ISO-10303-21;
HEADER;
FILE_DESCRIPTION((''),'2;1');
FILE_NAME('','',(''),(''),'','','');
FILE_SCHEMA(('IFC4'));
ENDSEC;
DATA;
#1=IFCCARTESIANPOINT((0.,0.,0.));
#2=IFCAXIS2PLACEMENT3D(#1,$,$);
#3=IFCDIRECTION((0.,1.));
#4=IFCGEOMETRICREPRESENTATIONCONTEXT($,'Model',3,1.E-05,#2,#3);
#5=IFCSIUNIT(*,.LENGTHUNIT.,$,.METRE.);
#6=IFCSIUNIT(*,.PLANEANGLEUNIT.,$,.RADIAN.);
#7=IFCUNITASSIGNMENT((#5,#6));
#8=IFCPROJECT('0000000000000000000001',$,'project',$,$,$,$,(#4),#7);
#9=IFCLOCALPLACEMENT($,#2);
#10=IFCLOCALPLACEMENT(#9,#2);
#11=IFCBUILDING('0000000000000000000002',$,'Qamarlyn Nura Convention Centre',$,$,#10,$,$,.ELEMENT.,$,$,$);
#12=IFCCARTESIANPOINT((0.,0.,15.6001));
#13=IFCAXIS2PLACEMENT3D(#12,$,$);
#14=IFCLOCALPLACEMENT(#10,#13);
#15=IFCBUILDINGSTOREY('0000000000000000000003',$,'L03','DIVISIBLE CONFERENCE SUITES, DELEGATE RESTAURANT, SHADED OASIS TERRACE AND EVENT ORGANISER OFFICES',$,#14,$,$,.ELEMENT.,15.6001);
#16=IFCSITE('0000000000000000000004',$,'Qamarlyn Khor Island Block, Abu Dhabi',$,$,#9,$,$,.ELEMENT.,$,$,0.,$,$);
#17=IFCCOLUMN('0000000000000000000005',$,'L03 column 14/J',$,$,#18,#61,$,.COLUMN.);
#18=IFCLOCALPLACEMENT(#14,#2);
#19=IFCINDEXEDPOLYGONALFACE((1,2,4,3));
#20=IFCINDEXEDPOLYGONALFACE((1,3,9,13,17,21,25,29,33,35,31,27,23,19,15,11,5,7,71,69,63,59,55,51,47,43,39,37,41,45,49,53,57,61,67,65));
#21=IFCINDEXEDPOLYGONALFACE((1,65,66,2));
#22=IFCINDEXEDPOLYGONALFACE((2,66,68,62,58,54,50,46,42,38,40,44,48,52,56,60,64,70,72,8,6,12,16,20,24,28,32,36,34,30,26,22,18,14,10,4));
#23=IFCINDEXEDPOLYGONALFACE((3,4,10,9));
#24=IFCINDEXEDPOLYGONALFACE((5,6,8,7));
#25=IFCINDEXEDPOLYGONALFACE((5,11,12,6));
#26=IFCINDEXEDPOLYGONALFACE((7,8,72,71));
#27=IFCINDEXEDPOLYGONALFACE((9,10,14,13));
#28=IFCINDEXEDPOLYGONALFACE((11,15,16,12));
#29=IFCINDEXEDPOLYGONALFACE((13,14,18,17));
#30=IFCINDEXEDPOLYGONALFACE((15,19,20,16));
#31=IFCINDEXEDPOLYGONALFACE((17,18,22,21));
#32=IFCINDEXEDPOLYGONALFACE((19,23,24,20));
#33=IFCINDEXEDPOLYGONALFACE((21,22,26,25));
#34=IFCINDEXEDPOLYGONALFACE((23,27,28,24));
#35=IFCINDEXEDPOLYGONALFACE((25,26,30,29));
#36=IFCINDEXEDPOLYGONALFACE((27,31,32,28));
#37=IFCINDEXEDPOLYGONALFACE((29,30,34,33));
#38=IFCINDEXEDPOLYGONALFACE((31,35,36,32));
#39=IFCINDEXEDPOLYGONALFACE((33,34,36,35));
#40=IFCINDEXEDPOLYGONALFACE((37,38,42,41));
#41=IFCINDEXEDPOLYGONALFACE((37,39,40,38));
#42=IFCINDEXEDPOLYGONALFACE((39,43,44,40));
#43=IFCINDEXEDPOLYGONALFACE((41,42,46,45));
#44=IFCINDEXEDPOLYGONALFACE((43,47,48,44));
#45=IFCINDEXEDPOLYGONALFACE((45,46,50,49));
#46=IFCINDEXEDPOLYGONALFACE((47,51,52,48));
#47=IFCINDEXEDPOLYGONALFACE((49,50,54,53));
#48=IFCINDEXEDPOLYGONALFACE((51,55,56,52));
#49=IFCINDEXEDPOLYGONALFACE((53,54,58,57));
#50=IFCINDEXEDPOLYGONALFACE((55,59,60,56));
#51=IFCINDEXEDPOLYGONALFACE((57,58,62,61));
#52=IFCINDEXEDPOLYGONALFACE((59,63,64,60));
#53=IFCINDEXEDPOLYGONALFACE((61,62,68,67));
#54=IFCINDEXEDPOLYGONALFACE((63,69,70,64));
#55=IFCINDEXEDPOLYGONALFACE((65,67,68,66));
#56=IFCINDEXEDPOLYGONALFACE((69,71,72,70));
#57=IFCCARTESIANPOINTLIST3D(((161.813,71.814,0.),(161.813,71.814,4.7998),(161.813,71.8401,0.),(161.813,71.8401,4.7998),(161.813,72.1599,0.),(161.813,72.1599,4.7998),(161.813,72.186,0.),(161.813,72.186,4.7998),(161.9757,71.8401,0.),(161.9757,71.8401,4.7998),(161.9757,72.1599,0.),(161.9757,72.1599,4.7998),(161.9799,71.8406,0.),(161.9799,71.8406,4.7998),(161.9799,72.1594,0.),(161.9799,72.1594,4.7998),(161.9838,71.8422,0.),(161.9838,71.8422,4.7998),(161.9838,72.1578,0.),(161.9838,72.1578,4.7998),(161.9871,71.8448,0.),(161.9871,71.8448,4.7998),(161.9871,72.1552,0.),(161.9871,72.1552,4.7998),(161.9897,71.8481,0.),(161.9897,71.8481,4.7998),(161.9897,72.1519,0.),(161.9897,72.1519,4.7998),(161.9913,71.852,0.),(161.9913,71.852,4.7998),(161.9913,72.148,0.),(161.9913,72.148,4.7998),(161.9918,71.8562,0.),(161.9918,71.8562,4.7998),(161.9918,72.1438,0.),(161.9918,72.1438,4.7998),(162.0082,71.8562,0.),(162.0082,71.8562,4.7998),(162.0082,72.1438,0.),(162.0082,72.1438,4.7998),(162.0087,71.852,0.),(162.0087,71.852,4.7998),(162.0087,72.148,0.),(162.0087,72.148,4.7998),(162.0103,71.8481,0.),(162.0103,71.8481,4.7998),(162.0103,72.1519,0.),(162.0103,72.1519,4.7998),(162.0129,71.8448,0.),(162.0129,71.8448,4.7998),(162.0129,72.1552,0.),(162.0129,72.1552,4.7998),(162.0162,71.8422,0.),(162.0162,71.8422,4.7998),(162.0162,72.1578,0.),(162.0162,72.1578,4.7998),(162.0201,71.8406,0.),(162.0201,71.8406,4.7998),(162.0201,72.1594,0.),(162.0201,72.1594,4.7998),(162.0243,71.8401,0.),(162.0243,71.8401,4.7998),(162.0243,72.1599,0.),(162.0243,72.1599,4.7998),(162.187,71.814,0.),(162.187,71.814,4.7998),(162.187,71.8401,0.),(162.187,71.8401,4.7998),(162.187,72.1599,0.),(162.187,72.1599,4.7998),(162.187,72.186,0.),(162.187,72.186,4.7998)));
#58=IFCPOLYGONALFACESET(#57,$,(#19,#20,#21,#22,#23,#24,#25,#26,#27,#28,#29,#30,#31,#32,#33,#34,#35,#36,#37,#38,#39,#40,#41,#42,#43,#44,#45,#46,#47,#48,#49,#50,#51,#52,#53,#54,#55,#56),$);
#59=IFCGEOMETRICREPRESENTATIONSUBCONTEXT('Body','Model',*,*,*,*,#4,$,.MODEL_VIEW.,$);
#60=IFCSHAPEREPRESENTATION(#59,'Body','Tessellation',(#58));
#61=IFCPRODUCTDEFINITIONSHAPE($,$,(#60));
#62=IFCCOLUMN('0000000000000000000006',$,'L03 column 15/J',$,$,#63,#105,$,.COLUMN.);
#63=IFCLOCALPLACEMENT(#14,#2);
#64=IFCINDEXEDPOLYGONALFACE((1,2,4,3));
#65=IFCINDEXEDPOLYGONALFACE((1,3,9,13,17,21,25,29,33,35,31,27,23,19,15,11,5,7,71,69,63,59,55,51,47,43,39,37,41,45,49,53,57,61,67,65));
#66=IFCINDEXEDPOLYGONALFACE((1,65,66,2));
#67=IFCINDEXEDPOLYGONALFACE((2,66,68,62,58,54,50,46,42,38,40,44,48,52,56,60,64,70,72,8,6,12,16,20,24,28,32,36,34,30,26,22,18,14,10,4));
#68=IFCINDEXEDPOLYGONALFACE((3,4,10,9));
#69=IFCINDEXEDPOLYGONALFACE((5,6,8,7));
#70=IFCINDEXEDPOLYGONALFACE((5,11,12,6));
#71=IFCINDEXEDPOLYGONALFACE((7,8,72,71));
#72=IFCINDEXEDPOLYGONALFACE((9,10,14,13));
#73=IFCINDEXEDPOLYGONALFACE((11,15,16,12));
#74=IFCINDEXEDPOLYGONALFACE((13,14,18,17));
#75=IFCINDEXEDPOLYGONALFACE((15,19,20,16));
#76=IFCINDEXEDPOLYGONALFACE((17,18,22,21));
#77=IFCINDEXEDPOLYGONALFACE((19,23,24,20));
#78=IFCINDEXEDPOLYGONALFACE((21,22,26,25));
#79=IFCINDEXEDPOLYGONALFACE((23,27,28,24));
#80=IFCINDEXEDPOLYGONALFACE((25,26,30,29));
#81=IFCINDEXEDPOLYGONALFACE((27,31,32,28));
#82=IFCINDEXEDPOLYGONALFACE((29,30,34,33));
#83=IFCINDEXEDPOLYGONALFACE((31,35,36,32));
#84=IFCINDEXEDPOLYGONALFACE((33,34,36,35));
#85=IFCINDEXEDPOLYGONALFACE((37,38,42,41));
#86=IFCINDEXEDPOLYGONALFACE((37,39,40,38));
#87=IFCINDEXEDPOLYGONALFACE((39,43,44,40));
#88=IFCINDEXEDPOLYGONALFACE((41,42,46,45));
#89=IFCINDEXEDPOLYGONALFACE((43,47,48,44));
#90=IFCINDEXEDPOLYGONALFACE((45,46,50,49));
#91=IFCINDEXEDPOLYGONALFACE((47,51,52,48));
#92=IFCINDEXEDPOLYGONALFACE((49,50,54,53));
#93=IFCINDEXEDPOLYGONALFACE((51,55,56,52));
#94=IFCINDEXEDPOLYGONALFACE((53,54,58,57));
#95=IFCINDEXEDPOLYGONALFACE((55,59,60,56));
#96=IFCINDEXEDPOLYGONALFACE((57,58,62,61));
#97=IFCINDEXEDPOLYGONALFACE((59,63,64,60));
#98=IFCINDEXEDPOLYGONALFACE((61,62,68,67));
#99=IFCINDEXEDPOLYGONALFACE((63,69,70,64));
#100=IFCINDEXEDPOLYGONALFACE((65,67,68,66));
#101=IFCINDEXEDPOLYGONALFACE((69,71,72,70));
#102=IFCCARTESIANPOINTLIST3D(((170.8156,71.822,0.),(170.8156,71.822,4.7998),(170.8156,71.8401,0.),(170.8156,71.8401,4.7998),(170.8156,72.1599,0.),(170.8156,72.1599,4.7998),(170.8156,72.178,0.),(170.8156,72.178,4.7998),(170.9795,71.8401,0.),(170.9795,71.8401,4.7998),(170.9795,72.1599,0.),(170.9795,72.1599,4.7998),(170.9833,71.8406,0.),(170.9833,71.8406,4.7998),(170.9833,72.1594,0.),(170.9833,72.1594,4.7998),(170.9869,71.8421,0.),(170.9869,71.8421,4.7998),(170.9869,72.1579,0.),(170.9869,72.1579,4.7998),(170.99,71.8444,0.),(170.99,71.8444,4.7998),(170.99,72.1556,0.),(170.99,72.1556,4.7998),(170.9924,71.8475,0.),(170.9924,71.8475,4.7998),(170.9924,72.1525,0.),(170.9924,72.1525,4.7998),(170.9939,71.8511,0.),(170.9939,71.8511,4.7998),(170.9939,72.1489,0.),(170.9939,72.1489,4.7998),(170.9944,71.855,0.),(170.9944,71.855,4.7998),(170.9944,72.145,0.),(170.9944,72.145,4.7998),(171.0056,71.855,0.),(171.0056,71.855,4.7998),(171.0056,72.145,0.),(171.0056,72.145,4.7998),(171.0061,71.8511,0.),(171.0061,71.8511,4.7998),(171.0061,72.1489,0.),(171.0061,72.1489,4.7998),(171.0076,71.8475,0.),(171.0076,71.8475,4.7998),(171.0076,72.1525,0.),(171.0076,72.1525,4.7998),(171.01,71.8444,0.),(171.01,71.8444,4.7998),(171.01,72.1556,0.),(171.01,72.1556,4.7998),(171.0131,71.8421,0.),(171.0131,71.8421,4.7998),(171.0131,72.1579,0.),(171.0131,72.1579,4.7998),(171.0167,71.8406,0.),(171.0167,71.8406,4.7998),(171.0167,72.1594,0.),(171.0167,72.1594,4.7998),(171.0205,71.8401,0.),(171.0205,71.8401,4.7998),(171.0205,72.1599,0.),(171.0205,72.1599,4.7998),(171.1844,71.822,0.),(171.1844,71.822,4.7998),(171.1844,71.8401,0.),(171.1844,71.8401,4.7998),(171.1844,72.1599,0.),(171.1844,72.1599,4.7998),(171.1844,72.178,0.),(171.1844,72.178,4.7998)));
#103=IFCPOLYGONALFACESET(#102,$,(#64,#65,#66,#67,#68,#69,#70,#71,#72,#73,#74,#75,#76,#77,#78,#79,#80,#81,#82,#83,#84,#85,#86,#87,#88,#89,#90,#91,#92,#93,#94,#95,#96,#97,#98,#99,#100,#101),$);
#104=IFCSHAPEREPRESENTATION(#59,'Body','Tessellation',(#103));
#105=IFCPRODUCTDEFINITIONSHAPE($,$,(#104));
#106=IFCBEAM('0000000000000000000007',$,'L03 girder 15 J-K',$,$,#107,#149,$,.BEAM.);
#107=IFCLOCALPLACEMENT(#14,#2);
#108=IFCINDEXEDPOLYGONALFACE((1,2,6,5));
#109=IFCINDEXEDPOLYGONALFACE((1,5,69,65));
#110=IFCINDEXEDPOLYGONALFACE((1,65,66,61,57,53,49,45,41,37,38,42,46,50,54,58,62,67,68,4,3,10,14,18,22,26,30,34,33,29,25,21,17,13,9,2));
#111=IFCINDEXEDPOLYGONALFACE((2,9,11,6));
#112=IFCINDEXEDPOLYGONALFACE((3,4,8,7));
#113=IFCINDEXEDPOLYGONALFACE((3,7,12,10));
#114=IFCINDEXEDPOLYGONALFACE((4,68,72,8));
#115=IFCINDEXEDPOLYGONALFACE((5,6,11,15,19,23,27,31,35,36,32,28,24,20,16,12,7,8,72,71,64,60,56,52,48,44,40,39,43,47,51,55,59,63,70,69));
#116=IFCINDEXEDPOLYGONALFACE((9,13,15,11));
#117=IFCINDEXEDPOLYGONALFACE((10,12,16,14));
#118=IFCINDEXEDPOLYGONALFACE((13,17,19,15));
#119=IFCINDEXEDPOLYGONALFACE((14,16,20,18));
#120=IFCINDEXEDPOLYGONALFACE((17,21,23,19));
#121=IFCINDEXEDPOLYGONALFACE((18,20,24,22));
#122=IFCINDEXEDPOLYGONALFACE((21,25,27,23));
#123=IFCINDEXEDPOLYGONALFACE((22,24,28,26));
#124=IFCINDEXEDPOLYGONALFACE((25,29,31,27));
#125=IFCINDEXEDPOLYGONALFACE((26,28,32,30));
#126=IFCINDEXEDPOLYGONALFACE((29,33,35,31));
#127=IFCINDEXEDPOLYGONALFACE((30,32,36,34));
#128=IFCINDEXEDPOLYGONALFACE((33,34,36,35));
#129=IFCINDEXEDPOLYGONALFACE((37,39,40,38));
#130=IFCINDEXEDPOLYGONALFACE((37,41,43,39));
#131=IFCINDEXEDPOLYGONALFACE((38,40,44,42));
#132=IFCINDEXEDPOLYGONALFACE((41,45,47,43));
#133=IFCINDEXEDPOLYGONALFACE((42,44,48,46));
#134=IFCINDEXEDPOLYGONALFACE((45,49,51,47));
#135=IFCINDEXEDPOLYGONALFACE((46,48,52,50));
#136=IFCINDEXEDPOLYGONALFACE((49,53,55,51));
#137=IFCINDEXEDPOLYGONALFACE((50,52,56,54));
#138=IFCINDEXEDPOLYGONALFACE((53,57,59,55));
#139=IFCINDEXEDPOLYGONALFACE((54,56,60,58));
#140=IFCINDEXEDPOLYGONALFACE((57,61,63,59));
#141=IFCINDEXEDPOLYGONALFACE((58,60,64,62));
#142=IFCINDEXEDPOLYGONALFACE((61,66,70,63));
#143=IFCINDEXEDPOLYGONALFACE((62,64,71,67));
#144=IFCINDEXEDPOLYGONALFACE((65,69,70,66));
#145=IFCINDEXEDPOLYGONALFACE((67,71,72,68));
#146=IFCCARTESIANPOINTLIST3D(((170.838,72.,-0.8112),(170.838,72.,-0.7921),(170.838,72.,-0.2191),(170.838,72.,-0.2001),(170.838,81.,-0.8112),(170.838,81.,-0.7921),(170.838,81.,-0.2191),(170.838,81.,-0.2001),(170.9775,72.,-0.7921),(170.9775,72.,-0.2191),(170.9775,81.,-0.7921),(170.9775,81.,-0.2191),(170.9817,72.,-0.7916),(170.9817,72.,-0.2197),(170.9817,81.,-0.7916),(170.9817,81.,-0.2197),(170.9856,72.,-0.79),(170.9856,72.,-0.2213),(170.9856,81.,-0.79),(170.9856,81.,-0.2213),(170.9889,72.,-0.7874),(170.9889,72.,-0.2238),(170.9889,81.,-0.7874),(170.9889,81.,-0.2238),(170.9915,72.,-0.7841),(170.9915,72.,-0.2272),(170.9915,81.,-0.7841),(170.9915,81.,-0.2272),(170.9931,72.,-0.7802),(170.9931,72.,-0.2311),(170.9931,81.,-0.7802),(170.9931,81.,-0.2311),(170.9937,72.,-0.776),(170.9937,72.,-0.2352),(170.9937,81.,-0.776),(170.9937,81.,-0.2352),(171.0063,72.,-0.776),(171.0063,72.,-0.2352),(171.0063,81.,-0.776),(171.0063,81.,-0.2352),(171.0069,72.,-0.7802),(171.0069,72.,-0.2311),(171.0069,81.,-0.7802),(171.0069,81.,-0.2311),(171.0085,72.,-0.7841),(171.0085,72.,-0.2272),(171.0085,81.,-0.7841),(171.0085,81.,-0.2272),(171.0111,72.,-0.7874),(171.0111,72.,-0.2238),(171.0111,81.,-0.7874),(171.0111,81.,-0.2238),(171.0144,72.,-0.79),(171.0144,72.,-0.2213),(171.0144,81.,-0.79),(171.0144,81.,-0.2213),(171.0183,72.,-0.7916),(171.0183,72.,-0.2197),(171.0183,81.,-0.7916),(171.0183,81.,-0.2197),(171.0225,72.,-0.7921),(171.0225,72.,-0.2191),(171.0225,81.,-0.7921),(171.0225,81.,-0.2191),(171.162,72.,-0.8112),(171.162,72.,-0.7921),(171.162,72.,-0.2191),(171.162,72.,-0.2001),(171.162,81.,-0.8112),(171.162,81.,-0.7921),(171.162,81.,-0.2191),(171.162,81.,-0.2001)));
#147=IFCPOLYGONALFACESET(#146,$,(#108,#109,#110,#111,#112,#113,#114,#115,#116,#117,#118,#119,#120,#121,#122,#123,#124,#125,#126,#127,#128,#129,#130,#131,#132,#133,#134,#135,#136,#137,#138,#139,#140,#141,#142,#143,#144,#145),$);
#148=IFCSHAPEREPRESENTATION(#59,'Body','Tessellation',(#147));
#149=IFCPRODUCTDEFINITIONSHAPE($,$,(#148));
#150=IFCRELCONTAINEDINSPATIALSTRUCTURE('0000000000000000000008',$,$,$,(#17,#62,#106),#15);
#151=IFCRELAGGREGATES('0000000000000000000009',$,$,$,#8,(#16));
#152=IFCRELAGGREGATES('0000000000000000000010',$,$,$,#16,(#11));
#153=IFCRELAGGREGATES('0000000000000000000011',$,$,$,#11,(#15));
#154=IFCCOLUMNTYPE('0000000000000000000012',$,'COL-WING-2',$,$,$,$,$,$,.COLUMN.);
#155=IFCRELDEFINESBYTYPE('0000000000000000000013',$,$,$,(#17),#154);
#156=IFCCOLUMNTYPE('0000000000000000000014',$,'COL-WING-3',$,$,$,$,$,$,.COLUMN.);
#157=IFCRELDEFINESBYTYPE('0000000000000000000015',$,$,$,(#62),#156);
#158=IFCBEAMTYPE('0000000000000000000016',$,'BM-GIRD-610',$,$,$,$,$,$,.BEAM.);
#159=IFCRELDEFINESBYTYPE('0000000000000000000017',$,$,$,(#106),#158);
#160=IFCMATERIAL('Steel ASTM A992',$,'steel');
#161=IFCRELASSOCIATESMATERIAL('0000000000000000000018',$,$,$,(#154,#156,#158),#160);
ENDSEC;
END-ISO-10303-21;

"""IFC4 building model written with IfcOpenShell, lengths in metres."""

from ifc_helpers import new_model, si_unit, direction, frame, origin, origin_2d, place, context, subcontext, project, spatial, i_section, extrude, material, material_profile, profile_set, type_object, element, save


model = new_model("IFC4")

# Units and contexts
model_context = context("Model", 3, precision=1e-05, world=origin(), true_north=direction((0.0, 1.0)))
body_context = subcontext(model_context, "Body", "Model", "MODEL_VIEW")
ifc_project = project(units=[si_unit("LENGTHUNIT", "METRE"), si_unit("PLANEANGLEUNIT", "RADIAN")], contexts=[model_context])

# Site, building, storey
site_placement = place(None, origin())
site = spatial("IfcSite", under=ifc_project, at=site_placement, Name="Qamarlyn Khor Island Block, Abu Dhabi", CompositionType="ELEMENT", RefElevation=0.0)
building_placement = place(site_placement, origin())
building = spatial("IfcBuilding", under=site, at=building_placement, Name="Qamarlyn Nura Convention Centre", CompositionType="ELEMENT")
storey_placement = place(building_placement, frame((0.0, 0.0, 15.6001)))
storey = spatial("IfcBuildingStorey", under=building, at=storey_placement, Name="L03", Description="DIVISIBLE CONFERENCE SUITES, DELEGATE RESTAURANT, SHADED OASIS TERRACE AND EVENT ORGANISER OFFICES", CompositionType="ELEMENT", Elevation=15.6001)

# Columns
ifc_material_1 = material(Name="Steel ASTM A992", Category="steel")
ifc_material_profile_1 = material_profile(ifc_material_1, i_section(OverallWidth=0.374, OverallDepth=0.3721, WebThickness=0.0164, FlangeThickness=0.0261, FilletRadius=0.0161, at=origin_2d()), Name="W360X196")
ifc_profile_set_1 = profile_set([ifc_material_profile_1], Name="Steel ASTM A992")
column_type_1 = type_object("IfcColumnType", Name="COL-WING-2", PredefinedType="COLUMN", material=ifc_profile_set_1)
column_1_placement = place(storey_placement, frame((162.0, 72.0, 0.0), z_axis=(0.0, 0.0, 1.0), x_axis=(1.0, 0.0, 0.0)))
element("IfcColumn", 1, at=column_1_placement, inside=storey, type_object=column_type_1, Name="L03 column 14/J", PredefinedType="COLUMN", context=body_context, shape_type="SweptSolid", body=[
    extrude(i_section(OverallWidth=0.374, OverallDepth=0.3721, WebThickness=0.0164, FlangeThickness=0.0261, FilletRadius=0.0161, at=origin_2d()), origin(), (0.0, 0.0, 1.0), 4.7998),
])
ifc_material_profile_2 = material_profile(ifc_material_1, i_section(OverallWidth=0.3689, OverallDepth=0.356, WebThickness=0.0112, FlangeThickness=0.0181, FilletRadius=0.0149, at=origin_2d()), Name="W360X134")
ifc_profile_set_2 = profile_set([ifc_material_profile_2], Name="Steel ASTM A992")
column_type_2 = type_object("IfcColumnType", Name="COL-WING-3", PredefinedType="COLUMN", material=ifc_profile_set_2)
column_2_placement = place(storey_placement, frame((171.0, 72.0, 0.0), z_axis=(0.0, 0.0, 1.0), x_axis=(1.0, 0.0, 0.0)))
element("IfcColumn", 2, at=column_2_placement, inside=storey, type_object=column_type_2, Name="L03 column 15/J", PredefinedType="COLUMN", context=body_context, shape_type="SweptSolid", body=[
    extrude(i_section(OverallWidth=0.3689, OverallDepth=0.356, WebThickness=0.0112, FlangeThickness=0.0181, FilletRadius=0.0149, at=origin_2d()), origin(), (0.0, 0.0, 1.0), 4.7998),
])

# Beam
ifc_material_profile_3 = material_profile(ifc_material_1, i_section(OverallWidth=0.324, OverallDepth=0.6111, WebThickness=0.0127, FlangeThickness=0.019, FilletRadius=0.0161, at=origin_2d()), Name="W610X155")
ifc_profile_set_3 = profile_set([ifc_material_profile_3], Name="Steel ASTM A992")
beam_type_1 = type_object("IfcBeamType", Name="BM-GIRD-610", PredefinedType="BEAM", material=ifc_profile_set_3)
beam_1_placement = place(storey_placement, frame((171.0, 72.0, -0.5056), z_axis=(0.0, 1.0, 0.0), x_axis=(-1.0, 0.0, 0.0)))
element("IfcBeam", 3, at=beam_1_placement, inside=storey, type_object=beam_type_1, Name="L03 girder 15 J-K", PredefinedType="BEAM", context=body_context, shape_type="SweptSolid", body=[
    extrude(i_section(OverallWidth=0.324, OverallDepth=0.6111, WebThickness=0.0127, FlangeThickness=0.019, FilletRadius=0.0161, at=origin_2d()), origin(), (0.0, 0.0, 1.0), 9.0),
])

save(model, "model.ifc")
